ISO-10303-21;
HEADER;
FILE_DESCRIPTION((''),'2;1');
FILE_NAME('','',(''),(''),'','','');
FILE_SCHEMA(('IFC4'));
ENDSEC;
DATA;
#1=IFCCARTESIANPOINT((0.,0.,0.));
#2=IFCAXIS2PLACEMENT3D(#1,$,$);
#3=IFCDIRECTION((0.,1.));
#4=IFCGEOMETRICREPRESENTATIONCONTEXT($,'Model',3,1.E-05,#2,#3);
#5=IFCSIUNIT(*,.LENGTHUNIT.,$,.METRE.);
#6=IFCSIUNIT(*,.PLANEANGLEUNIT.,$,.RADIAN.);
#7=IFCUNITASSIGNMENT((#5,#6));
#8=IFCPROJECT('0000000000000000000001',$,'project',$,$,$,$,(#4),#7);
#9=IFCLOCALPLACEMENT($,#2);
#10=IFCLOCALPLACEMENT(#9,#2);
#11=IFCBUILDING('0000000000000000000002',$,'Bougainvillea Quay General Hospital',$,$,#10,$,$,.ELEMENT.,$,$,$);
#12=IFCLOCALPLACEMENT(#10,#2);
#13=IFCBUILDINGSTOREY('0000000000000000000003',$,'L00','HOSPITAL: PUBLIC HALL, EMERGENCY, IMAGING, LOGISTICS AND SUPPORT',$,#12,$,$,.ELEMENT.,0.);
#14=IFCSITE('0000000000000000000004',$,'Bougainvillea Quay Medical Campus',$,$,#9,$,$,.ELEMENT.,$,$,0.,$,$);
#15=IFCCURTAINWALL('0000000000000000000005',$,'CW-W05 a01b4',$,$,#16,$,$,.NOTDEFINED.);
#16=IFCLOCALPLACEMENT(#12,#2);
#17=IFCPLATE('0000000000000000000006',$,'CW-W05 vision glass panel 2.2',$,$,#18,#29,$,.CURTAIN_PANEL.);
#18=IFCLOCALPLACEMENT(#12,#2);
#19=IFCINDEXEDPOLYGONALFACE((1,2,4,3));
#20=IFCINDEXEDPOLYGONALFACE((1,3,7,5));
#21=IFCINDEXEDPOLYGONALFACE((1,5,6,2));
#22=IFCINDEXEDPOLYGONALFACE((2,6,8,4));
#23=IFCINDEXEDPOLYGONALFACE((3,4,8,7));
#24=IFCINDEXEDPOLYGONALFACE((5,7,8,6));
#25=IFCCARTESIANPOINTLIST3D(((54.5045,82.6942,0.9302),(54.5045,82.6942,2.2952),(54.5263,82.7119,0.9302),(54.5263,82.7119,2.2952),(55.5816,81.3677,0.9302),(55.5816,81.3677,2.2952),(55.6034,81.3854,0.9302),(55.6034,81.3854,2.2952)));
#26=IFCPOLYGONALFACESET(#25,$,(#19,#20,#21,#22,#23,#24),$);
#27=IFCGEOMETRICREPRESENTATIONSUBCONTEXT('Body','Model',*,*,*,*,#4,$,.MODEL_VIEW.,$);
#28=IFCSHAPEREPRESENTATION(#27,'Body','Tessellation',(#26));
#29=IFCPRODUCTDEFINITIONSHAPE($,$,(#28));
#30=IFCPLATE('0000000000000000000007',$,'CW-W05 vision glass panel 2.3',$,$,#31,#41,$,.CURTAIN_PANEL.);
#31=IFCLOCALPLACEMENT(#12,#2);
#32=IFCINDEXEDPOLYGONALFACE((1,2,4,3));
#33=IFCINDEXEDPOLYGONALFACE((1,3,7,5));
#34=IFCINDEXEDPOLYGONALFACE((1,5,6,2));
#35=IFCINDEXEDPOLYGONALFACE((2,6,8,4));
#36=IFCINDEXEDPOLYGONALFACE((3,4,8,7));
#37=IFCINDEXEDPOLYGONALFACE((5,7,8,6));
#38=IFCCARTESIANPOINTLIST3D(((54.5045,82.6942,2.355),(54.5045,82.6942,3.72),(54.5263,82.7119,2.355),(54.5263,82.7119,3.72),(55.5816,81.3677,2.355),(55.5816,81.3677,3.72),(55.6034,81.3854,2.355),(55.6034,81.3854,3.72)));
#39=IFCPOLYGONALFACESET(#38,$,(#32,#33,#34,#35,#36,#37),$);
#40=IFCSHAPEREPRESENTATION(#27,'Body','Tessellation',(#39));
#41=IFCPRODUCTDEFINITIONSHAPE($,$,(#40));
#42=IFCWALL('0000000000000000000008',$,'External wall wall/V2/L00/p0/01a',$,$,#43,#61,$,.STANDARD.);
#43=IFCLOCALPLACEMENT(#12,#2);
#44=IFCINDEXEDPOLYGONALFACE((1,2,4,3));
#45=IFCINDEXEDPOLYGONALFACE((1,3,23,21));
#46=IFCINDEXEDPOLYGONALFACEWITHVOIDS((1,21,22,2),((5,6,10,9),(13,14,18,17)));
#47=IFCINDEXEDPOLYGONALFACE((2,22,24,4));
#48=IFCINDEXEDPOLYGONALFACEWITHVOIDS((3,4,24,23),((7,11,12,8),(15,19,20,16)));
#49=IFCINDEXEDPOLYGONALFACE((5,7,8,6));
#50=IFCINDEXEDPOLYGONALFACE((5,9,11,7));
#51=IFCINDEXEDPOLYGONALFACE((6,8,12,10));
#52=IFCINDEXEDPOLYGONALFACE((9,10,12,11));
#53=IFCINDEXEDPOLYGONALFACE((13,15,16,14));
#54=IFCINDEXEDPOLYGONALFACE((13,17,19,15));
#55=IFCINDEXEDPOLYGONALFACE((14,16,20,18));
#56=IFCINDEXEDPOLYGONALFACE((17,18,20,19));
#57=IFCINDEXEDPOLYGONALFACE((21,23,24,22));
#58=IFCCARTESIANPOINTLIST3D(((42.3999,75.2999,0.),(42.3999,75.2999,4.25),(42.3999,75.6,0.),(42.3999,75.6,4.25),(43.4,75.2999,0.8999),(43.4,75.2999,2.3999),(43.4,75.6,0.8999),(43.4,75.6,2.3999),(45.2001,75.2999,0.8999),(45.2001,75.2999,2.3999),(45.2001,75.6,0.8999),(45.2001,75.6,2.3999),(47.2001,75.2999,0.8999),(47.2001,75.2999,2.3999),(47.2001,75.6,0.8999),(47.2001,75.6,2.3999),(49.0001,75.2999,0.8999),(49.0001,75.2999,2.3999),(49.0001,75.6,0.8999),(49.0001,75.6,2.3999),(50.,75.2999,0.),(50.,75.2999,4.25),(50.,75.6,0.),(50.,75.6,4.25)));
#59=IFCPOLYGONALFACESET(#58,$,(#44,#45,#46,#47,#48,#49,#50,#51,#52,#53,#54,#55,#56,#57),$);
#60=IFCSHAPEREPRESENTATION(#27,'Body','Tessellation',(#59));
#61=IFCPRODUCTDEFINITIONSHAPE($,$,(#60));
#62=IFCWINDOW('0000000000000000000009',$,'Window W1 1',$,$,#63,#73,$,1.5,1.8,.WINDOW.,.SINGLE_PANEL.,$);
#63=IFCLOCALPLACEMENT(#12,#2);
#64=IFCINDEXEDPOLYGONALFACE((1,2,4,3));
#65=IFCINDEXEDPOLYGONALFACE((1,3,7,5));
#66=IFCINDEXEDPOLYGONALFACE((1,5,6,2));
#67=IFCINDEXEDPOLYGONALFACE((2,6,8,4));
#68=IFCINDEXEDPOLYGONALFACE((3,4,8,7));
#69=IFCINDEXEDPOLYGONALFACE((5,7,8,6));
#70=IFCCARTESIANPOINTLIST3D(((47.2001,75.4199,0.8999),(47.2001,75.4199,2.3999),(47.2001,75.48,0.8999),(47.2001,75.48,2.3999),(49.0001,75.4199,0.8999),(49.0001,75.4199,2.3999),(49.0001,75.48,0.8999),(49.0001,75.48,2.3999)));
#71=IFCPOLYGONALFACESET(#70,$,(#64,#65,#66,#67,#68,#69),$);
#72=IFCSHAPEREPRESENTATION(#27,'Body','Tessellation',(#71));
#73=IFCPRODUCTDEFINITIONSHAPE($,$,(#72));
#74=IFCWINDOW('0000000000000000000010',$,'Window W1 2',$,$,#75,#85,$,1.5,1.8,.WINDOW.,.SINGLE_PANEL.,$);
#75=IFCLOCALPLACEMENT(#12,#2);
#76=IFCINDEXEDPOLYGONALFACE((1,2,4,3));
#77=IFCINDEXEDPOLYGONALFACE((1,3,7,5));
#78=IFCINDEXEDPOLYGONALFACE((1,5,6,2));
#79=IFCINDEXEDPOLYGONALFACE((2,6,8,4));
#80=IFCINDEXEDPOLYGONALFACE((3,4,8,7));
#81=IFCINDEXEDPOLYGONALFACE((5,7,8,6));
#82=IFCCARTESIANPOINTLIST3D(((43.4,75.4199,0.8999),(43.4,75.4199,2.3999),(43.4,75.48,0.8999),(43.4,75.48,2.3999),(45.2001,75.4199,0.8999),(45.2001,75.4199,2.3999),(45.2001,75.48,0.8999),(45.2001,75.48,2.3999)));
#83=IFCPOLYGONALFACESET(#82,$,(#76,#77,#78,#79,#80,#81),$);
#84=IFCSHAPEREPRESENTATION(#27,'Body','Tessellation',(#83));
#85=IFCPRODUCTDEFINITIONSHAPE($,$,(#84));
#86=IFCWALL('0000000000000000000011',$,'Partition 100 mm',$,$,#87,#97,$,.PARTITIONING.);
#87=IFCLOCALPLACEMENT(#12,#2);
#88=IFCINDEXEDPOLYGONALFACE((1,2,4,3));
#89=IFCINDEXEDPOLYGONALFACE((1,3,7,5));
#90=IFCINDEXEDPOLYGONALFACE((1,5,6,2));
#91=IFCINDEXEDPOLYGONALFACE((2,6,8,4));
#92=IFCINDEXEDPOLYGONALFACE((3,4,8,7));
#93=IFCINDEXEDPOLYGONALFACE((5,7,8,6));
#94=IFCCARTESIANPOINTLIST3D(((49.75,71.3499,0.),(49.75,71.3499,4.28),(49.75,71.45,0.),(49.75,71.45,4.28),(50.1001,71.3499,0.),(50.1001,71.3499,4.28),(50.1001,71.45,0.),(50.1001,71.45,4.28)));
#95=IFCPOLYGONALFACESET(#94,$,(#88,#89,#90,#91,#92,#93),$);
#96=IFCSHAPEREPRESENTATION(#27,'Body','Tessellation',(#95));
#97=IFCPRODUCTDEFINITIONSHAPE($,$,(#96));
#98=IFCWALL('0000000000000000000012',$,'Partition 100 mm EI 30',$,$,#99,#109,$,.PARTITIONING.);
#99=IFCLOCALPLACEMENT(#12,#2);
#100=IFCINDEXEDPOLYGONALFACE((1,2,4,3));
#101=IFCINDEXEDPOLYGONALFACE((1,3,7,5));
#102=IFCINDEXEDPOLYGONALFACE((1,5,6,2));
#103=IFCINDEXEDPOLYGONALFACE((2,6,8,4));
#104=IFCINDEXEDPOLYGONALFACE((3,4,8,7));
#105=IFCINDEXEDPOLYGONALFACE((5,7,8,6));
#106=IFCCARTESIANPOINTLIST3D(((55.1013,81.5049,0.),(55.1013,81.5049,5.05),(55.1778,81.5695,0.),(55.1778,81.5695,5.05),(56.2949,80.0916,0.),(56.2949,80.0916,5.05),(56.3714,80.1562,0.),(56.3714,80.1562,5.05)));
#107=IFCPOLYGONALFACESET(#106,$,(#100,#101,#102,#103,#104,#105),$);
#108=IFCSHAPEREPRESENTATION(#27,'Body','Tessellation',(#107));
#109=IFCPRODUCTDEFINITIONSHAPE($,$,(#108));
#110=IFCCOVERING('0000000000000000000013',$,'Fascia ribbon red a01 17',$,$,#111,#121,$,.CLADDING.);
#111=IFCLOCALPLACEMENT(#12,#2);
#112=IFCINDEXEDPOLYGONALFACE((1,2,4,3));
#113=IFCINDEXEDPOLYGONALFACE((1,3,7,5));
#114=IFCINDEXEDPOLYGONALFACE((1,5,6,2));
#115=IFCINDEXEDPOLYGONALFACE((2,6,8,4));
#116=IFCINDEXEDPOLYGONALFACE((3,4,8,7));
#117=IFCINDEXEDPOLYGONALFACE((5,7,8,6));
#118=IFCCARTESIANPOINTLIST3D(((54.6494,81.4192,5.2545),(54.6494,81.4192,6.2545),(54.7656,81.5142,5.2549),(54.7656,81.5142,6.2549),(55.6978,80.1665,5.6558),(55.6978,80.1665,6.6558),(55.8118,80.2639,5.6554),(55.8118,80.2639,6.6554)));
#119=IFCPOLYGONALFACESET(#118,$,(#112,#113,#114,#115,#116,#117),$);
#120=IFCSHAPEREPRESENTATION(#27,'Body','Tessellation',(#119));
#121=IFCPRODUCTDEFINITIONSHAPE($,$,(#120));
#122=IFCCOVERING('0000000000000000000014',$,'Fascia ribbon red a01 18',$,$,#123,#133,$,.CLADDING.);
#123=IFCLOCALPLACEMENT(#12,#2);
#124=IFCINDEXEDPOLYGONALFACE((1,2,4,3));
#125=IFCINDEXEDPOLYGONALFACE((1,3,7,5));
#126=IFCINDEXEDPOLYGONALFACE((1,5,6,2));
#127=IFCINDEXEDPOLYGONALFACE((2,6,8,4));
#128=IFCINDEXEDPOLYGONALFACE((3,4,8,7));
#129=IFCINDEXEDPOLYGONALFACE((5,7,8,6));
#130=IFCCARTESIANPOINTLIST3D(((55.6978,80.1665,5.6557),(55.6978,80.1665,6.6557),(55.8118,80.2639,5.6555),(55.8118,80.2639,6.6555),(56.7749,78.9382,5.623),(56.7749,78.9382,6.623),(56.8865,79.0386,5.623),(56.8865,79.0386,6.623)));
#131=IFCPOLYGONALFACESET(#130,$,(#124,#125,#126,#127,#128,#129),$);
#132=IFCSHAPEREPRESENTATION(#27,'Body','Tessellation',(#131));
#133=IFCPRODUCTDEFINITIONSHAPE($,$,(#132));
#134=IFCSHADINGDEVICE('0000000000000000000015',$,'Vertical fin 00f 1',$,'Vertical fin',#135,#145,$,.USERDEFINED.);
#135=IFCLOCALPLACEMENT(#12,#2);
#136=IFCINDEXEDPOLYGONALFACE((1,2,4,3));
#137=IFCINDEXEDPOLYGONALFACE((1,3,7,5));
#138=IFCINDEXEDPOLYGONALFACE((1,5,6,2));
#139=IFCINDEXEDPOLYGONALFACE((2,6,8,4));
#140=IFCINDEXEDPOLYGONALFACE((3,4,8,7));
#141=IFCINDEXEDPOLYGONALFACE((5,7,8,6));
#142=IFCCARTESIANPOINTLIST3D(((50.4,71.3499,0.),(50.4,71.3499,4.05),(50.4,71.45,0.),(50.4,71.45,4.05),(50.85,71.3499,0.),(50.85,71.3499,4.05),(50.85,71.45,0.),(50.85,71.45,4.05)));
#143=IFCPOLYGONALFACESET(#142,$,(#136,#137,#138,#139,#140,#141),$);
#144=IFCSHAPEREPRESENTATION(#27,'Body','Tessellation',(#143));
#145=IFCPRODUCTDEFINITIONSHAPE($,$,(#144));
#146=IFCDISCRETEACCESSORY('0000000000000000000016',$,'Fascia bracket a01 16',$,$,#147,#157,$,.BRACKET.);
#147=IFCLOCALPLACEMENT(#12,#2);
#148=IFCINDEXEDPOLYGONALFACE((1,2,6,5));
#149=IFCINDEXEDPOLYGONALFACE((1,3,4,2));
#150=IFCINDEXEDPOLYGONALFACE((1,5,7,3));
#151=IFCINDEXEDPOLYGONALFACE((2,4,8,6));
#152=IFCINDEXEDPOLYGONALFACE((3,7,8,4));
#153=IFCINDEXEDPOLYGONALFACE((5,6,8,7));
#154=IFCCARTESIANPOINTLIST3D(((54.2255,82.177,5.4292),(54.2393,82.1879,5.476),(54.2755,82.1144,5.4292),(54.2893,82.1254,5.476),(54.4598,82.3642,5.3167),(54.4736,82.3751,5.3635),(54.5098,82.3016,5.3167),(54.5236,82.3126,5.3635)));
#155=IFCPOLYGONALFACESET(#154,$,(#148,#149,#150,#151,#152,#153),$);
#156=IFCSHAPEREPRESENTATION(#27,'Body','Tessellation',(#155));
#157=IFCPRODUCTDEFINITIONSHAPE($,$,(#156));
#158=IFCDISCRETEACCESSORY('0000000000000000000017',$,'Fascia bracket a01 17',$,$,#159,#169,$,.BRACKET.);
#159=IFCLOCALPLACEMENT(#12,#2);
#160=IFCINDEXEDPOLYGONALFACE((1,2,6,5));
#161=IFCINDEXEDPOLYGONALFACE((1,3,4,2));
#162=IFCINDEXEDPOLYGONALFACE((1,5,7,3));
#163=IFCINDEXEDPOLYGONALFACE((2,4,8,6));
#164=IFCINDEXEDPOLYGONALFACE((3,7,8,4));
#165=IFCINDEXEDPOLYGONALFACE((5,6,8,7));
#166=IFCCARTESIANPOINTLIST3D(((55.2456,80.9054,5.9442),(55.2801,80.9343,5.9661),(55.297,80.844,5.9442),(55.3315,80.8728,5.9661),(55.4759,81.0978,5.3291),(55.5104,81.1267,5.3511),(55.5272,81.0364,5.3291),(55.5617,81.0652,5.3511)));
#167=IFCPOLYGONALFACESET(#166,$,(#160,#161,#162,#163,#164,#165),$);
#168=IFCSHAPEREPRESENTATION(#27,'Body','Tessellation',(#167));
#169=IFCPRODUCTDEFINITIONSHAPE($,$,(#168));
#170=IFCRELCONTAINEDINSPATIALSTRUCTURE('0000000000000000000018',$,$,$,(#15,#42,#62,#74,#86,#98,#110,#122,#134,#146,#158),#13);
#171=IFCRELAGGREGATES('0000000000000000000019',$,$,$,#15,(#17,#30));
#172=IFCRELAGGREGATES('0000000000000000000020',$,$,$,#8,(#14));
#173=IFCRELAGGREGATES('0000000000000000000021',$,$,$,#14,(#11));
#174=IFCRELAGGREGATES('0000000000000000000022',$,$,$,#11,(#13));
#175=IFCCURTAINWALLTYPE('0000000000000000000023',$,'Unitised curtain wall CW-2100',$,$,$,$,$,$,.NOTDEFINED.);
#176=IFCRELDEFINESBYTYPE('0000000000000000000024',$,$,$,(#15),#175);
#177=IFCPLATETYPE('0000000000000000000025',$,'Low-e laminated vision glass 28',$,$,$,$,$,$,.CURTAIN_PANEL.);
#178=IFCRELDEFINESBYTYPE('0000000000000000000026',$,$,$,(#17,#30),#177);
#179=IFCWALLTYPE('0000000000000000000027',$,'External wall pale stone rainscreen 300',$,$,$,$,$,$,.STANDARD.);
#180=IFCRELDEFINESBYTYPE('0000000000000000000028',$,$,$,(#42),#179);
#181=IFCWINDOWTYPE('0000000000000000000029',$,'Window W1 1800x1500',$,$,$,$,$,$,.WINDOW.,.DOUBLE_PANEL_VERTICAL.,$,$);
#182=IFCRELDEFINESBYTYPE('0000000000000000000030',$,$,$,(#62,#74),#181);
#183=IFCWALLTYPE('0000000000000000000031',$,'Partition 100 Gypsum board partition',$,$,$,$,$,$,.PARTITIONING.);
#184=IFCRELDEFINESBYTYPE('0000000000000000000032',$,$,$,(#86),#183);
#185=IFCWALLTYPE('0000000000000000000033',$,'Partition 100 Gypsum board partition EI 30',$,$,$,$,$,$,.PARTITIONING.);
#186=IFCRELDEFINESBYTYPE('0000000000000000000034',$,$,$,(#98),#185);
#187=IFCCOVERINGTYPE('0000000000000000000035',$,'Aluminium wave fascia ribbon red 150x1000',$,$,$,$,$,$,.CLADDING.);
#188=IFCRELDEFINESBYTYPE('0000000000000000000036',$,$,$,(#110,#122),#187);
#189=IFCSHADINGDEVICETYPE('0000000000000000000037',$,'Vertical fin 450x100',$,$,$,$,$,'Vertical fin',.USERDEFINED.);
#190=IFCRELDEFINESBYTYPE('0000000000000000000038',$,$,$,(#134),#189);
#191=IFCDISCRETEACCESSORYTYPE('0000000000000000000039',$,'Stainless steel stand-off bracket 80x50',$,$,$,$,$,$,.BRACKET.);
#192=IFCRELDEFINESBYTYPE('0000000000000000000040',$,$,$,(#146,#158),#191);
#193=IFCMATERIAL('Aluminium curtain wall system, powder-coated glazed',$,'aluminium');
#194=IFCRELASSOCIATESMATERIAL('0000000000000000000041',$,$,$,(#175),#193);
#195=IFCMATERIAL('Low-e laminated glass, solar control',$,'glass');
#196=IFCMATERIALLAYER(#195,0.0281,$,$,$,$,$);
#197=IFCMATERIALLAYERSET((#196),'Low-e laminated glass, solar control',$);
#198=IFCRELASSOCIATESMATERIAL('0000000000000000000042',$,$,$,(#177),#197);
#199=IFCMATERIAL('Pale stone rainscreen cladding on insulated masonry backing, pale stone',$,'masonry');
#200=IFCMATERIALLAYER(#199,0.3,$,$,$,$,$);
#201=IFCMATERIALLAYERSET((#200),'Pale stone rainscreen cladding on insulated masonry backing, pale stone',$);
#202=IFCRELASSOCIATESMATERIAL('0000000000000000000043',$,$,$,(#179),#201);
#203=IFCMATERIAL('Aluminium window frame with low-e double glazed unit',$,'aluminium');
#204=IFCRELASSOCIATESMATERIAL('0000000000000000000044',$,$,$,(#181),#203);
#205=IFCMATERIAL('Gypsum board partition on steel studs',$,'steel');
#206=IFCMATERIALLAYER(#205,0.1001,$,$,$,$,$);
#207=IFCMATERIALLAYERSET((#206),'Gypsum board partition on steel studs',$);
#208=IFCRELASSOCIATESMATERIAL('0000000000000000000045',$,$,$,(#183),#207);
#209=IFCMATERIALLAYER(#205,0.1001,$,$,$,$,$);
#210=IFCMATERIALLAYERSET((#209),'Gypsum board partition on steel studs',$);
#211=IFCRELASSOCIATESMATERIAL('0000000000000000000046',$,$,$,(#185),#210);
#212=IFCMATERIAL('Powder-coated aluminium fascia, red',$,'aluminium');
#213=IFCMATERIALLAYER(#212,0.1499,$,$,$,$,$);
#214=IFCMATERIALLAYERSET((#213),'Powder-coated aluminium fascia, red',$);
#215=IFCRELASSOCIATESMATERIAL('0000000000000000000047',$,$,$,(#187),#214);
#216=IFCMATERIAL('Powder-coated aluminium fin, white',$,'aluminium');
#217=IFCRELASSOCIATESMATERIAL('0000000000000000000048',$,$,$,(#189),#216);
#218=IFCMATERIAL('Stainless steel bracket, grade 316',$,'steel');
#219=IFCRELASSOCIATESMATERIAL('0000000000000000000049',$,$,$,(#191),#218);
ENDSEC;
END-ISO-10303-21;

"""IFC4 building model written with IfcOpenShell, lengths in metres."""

from ifc_helpers import new_model, si_unit, direction, frame, frame_2d, origin, origin_2d, place, context, subcontext, project, spatial, polyline, rectangle, outline, extrude, material, layer, layer_set, material_profile, profile_set, type_object, element, fill, aggregate, save


model = new_model("IFC4")

# Units and contexts
model_context = context("Model", 3, precision=1e-05, world=origin(), true_north=direction((0.0, 1.0)))
body_context = subcontext(model_context, "Body", "Model", "MODEL_VIEW")
ifc_project = project(units=[si_unit("LENGTHUNIT", "METRE"), si_unit("PLANEANGLEUNIT", "RADIAN")], contexts=[model_context])

# Site, building, storey
site_placement = place(None, origin())
site = spatial("IfcSite", under=ifc_project, at=site_placement, Name="Bougainvillea Quay Medical Campus", CompositionType="ELEMENT", RefElevation=0.0)
building_placement = place(site_placement, origin())
building = spatial("IfcBuilding", under=site, at=building_placement, Name="Bougainvillea Quay General Hospital", CompositionType="ELEMENT")
storey_placement = place(building_placement, origin())
storey = spatial("IfcBuildingStorey", under=building, at=storey_placement, Name="L00", Description="HOSPITAL: PUBLIC HALL, EMERGENCY, IMAGING, LOGISTICS AND SUPPORT", CompositionType="ELEMENT", Elevation=0.0)

# Curtain wall, plates
ifc_material_1 = material(Name="Aluminium curtain wall system, powder-coated glazed", Category="aluminium")
curtain_wall_type = type_object("IfcCurtainWallType", Name="Unitised curtain wall CW-2100", PredefinedType="NOTDEFINED", material=ifc_material_1)
curtain_wall_placement = place(storey_placement, origin())
curtain_wall = element("IfcCurtainWall", 1, at=curtain_wall_placement, inside=storey, type_object=curtain_wall_type, Name="CW-W05 a01b4", PredefinedType="NOTDEFINED")
ifc_material_2 = material(Name="Low-e laminated glass, solar control", Category="glass")
ifc_layer_1 = layer(ifc_material_2, 0.0281)
ifc_layer_set_1 = layer_set([ifc_layer_1], Name="Low-e laminated glass, solar control")
plate_type_1 = type_object("IfcPlateType", Name="Low-e laminated vision glass 28", PredefinedType="CURTAIN_PANEL", material=ifc_layer_set_1)
plate_1_placement = place(storey_placement, frame((55.054, 82.0398, 0.9302), z_axis=(0.0, 0.0, 1.0), x_axis=(-0.630303, 0.776349, 0.0)))
plate_1 = element("IfcPlate", 2, at=plate_1_placement, type_object=plate_type_1, Name="CW-W05 vision glass panel 2.2", PredefinedType="CURTAIN_PANEL", context=body_context, shape_type="SweptSolid", body=[
    extrude(rectangle(XDim=1.7087, YDim=0.0281, at=origin_2d()), origin(), (0.0, 0.0, 1.0), 1.365),
])
plate_2_placement = place(storey_placement, frame((55.054, 82.0398, 2.355), z_axis=(0.0, 0.0, 1.0), x_axis=(-0.630303, 0.776349, 0.0)))
plate_2 = element("IfcPlate", 3, at=plate_2_placement, type_object=plate_type_1, Name="CW-W05 vision glass panel 2.3", PredefinedType="CURTAIN_PANEL", context=body_context, shape_type="SweptSolid", body=[
    extrude(rectangle(XDim=1.7087, YDim=0.0281, at=origin_2d()), origin(), (0.0, 0.0, 1.0), 1.365),
])
aggregate(curtain_wall, [plate_1, plate_2])

# Wall, openings, windows
ifc_material_3 = material(Name="Pale stone rainscreen cladding on insulated masonry backing, pale stone", Category="masonry")
ifc_layer_2 = layer(ifc_material_3, 0.3)
ifc_layer_set_2 = layer_set([ifc_layer_2], Name="Pale stone rainscreen cladding on insulated masonry backing, pale stone")
wall_type_1 = type_object("IfcWallType", Name="External wall pale stone rainscreen 300", PredefinedType="STANDARD", material=ifc_layer_set_2)
wall_1_placement = place(storey_placement, frame((50.0, 75.45, 0.0), z_axis=(0.0, 0.0, 1.0), x_axis=(-1.0, 0.0, 0.0)))
wall_1 = element("IfcWall", 4, at=wall_1_placement, inside=storey, type_object=wall_type_1, Name="External wall wall/V2/L00/p0/01a", PredefinedType="STANDARD", context=body_context, shape_type="SweptSolid", body=[
    extrude(rectangle(XDim=7.6001, YDim=0.3, at=frame_2d((3.8, 0.0))), origin(), (0.0, 0.0, 1.0), 4.25),
])
opening_1_placement = place(wall_1_placement, frame((1.0, 0.0, 0.8999)))
opening_1 = element("IfcOpeningElement", 5, at=opening_1_placement, cuts=wall_1, PredefinedType="OPENING", context=body_context, shape_type="SweptSolid", body=[
    extrude(rectangle(XDim=1.8, YDim=1.5, at=frame_2d((0.8999, 0.75))), frame((0.0, 0.1599, 0.0), z_axis=(0.0, -1.0, 0.0), x_axis=(1.0, 0.0, 0.0)), (0.0, 0.0, 1.0), 0.3201),
])
opening_2_placement = place(wall_1_placement, frame((4.8, 0.0, 0.8999)))
opening_2 = element("IfcOpeningElement", 6, at=opening_2_placement, cuts=wall_1, PredefinedType="OPENING", context=body_context, shape_type="SweptSolid", body=[
    extrude(rectangle(XDim=1.8, YDim=1.5, at=frame_2d((0.8999, 0.75))), frame((0.0, 0.1599, 0.0), z_axis=(0.0, -1.0, 0.0), x_axis=(1.0, 0.0, 0.0)), (0.0, 0.0, 1.0), 0.3201),
])
ifc_material_4 = material(Name="Aluminium window frame with low-e double glazed unit", Category="aluminium")
window_type = type_object("IfcWindowType", Name="Window W1 1800x1500", PartitioningType="DOUBLE_PANEL_VERTICAL", PredefinedType="WINDOW", material=ifc_material_4)
window_1_placement = place(opening_1_placement, origin())
window_1 = element("IfcWindow", 7, at=window_1_placement, inside=storey, type_object=window_type, Name="Window W1 1", OverallHeight=1.5, OverallWidth=1.8, PartitioningType="SINGLE_PANEL", PredefinedType="WINDOW", context=body_context, shape_type="SweptSolid", body=[
    extrude(rectangle(XDim=1.8, YDim=1.5, at=frame_2d((0.8999, 0.75))), frame((0.0, 0.03, 0.0), z_axis=(0.0, -1.0, 0.0), x_axis=(1.0, 0.0, 0.0)), (0.0, 0.0, 1.0), 0.0601),
])
fill(opening_1, window_1)
window_2_placement = place(opening_2_placement, origin())
window_2 = element("IfcWindow", 8, at=window_2_placement, inside=storey, type_object=window_type, Name="Window W1 2", OverallHeight=1.5, OverallWidth=1.8, PartitioningType="SINGLE_PANEL", PredefinedType="WINDOW", context=body_context, shape_type="SweptSolid", body=[
    extrude(rectangle(XDim=1.8, YDim=1.5, at=frame_2d((0.8999, 0.75))), frame((0.0, 0.03, 0.0), z_axis=(0.0, -1.0, 0.0), x_axis=(1.0, 0.0, 0.0)), (0.0, 0.0, 1.0), 0.0601),
])
fill(opening_2, window_2)

# Walls
ifc_material_5 = material(Name="Gypsum board partition on steel studs", Category="steel")
ifc_layer_3 = layer(ifc_material_5, 0.1001)
ifc_layer_set_3 = layer_set([ifc_layer_3], Name="Gypsum board partition on steel studs")
wall_type_2 = type_object("IfcWallType", Name="Partition 100 Gypsum board partition", PredefinedType="PARTITIONING", material=ifc_layer_set_3)
wall_2_placement = place(storey_placement, frame((49.75, 71.3999, 0.0), z_axis=(0.0, 0.0, 1.0), x_axis=(1.0, 0.0, 0.0)))
element("IfcWall", 9, at=wall_2_placement, inside=storey, type_object=wall_type_2, Name="Partition 100 mm", PredefinedType="PARTITIONING", context=body_context, shape_type="SweptSolid", body=[
    extrude(rectangle(XDim=0.3501, YDim=0.1001, at=frame_2d((0.175, 0.0))), origin(), (0.0, 0.0, 1.0), 4.28),
])
ifc_layer_4 = layer(ifc_material_5, 0.1001)
ifc_layer_set_4 = layer_set([ifc_layer_4], Name="Gypsum board partition on steel studs")
wall_type_3 = type_object("IfcWallType", Name="Partition 100 Gypsum board partition EI 30", PredefinedType="PARTITIONING", material=ifc_layer_set_4)
wall_3_placement = place(storey_placement, frame((55.1396, 81.5371, 0.0), z_axis=(0.0, 0.0, 1.0), x_axis=(0.64522, -0.763997, 0.0)))
element("IfcWall", 10, at=wall_3_placement, inside=storey, type_object=wall_type_3, Name="Partition 100 mm EI 30", PredefinedType="PARTITIONING", context=body_context, shape_type="SweptSolid", body=[
    extrude(rectangle(XDim=1.8499, YDim=0.1001, at=frame_2d((0.9248, 0.0))), origin(), (0.0, 0.0, 1.0), 5.05),
])

# Coverings
ifc_material_6 = material(Name="Powder-coated aluminium fascia, red", Category="aluminium")
ifc_layer_5 = layer(ifc_material_6, 0.1499)
ifc_layer_set_5 = layer_set([ifc_layer_5], Name="Powder-coated aluminium fascia, red")
covering_type = type_object("IfcCoveringType", Name="Aluminium wave fascia ribbon red 150x1000", PredefinedType="CLADDING", material=ifc_layer_set_5)
covering_1_placement = place(storey_placement, frame((54.7656, 81.5142, 5.2549), z_axis=(-0.152976, 0.183066, 0.971126), x_axis=(0.6232, -0.744786, 0.238568)))
element("IfcCovering", 11, at=covering_1_placement, inside=storey, type_object=covering_type, Name="Fascia ribbon red a01 17", PredefinedType="CLADDING", context=body_context, shape_type="SweptSolid", body=[
    extrude(outline(polyline([(0.0, 0.0), (1.6787, 0.0), (1.6803, -0.15), (-0.0017, -0.1501), (0.0, 0.0)])), origin(), (0.238568, -0.000153, 0.971126), 1.0),
])
covering_2_placement = place(storey_placement, frame((55.8118, 80.2639, 5.6555), z_axis=(0.013776, -0.01448, 0.9998), x_axis=(0.659253, -0.751656, -0.01997)))
element("IfcCovering", 12, at=covering_2_placement, inside=storey, type_object=covering_type, Name="Fascia ribbon red a01 18", PredefinedType="CLADDING", context=body_context, shape_type="SweptSolid", body=[
    extrude(outline(polyline([(0.0, 0.0), (1.6302, 0.0), (1.6321, -0.15), (-0.0019, -0.1499), (0.0, 0.0)])), origin(), (-0.01997, -0.000808, 0.9998), 1.0),
])

# Shading device
ifc_material_7 = material(Name="Powder-coated aluminium fin, white", Category="aluminium")
ifc_material_profile_1 = material_profile(ifc_material_7, rectangle(XDim=0.45, YDim=0.1001, at=origin_2d()))
ifc_profile_set_1 = profile_set([ifc_material_profile_1], Name="Powder-coated aluminium fin, white")
shading_device_type = type_object("IfcShadingDeviceType", Name="Vertical fin 450x100", ElementType="Vertical fin", PredefinedType="USERDEFINED", material=ifc_profile_set_1)
shading_device_placement = place(storey_placement, frame((50.625, 71.3999, 0.0), z_axis=(0.0, 0.0, 1.0), x_axis=(1.0, 0.0, 0.0)))
element("IfcShadingDevice", 13, at=shading_device_placement, inside=storey, type_object=shading_device_type, Name="Vertical fin 00f 1", ObjectType="Vertical fin", PredefinedType="USERDEFINED", context=body_context, shape_type="SweptSolid", body=[
    extrude(rectangle(XDim=0.45, YDim=0.1001, at=origin_2d()), origin(), (0.0, 0.0, 1.0), 4.05),
])

# Discrete accessories
ifc_material_8 = material(Name="Stainless steel bracket, grade 316", Category="steel")
ifc_material_profile_2 = material_profile(ifc_material_8, rectangle(XDim=0.0801, YDim=0.05, at=origin_2d()))
ifc_profile_set_2 = profile_set([ifc_material_profile_2], Name="Stainless steel bracket, grade 316")
discrete_accessory_type = type_object("IfcDiscreteAccessoryType", Name="Stainless steel stand-off bracket 80x50", PredefinedType="BRACKET", material=ifc_profile_set_2)
discrete_accessory_1_placement = place(storey_placement, frame((54.4917, 82.3384, 5.3401), z_axis=(-0.731481, -0.584423, 0.351263), x_axis=(0.624199, -0.781266, 0.0)))
element("IfcDiscreteAccessory", 14, at=discrete_accessory_1_placement, inside=storey, type_object=discrete_accessory_type, Name="Fascia bracket a01 16", PredefinedType="BRACKET", context=body_context, shape_type="SweptSolid", body=[
    extrude(rectangle(XDim=0.0801, YDim=0.05, at=origin_2d()), origin(), (0.0, 0.0, 1.0), 0.3203),
])
discrete_accessory_2_placement = place(storey_placement, frame((55.5188, 81.0815, 5.3401), z_axis=(-0.336452, -0.28115, 0.898752), x_axis=(0.641224, -0.767353, 0.0)))
element("IfcDiscreteAccessory", 15, at=discrete_accessory_2_placement, inside=storey, type_object=discrete_accessory_type, Name="Fascia bracket a01 17", PredefinedType="BRACKET", context=body_context, shape_type="SweptSolid", body=[
    extrude(rectangle(XDim=0.0801, YDim=0.05, at=origin_2d()), origin(), (0.0, 0.0, 1.0), 0.6843),
])

save(model, "model.ifc")
